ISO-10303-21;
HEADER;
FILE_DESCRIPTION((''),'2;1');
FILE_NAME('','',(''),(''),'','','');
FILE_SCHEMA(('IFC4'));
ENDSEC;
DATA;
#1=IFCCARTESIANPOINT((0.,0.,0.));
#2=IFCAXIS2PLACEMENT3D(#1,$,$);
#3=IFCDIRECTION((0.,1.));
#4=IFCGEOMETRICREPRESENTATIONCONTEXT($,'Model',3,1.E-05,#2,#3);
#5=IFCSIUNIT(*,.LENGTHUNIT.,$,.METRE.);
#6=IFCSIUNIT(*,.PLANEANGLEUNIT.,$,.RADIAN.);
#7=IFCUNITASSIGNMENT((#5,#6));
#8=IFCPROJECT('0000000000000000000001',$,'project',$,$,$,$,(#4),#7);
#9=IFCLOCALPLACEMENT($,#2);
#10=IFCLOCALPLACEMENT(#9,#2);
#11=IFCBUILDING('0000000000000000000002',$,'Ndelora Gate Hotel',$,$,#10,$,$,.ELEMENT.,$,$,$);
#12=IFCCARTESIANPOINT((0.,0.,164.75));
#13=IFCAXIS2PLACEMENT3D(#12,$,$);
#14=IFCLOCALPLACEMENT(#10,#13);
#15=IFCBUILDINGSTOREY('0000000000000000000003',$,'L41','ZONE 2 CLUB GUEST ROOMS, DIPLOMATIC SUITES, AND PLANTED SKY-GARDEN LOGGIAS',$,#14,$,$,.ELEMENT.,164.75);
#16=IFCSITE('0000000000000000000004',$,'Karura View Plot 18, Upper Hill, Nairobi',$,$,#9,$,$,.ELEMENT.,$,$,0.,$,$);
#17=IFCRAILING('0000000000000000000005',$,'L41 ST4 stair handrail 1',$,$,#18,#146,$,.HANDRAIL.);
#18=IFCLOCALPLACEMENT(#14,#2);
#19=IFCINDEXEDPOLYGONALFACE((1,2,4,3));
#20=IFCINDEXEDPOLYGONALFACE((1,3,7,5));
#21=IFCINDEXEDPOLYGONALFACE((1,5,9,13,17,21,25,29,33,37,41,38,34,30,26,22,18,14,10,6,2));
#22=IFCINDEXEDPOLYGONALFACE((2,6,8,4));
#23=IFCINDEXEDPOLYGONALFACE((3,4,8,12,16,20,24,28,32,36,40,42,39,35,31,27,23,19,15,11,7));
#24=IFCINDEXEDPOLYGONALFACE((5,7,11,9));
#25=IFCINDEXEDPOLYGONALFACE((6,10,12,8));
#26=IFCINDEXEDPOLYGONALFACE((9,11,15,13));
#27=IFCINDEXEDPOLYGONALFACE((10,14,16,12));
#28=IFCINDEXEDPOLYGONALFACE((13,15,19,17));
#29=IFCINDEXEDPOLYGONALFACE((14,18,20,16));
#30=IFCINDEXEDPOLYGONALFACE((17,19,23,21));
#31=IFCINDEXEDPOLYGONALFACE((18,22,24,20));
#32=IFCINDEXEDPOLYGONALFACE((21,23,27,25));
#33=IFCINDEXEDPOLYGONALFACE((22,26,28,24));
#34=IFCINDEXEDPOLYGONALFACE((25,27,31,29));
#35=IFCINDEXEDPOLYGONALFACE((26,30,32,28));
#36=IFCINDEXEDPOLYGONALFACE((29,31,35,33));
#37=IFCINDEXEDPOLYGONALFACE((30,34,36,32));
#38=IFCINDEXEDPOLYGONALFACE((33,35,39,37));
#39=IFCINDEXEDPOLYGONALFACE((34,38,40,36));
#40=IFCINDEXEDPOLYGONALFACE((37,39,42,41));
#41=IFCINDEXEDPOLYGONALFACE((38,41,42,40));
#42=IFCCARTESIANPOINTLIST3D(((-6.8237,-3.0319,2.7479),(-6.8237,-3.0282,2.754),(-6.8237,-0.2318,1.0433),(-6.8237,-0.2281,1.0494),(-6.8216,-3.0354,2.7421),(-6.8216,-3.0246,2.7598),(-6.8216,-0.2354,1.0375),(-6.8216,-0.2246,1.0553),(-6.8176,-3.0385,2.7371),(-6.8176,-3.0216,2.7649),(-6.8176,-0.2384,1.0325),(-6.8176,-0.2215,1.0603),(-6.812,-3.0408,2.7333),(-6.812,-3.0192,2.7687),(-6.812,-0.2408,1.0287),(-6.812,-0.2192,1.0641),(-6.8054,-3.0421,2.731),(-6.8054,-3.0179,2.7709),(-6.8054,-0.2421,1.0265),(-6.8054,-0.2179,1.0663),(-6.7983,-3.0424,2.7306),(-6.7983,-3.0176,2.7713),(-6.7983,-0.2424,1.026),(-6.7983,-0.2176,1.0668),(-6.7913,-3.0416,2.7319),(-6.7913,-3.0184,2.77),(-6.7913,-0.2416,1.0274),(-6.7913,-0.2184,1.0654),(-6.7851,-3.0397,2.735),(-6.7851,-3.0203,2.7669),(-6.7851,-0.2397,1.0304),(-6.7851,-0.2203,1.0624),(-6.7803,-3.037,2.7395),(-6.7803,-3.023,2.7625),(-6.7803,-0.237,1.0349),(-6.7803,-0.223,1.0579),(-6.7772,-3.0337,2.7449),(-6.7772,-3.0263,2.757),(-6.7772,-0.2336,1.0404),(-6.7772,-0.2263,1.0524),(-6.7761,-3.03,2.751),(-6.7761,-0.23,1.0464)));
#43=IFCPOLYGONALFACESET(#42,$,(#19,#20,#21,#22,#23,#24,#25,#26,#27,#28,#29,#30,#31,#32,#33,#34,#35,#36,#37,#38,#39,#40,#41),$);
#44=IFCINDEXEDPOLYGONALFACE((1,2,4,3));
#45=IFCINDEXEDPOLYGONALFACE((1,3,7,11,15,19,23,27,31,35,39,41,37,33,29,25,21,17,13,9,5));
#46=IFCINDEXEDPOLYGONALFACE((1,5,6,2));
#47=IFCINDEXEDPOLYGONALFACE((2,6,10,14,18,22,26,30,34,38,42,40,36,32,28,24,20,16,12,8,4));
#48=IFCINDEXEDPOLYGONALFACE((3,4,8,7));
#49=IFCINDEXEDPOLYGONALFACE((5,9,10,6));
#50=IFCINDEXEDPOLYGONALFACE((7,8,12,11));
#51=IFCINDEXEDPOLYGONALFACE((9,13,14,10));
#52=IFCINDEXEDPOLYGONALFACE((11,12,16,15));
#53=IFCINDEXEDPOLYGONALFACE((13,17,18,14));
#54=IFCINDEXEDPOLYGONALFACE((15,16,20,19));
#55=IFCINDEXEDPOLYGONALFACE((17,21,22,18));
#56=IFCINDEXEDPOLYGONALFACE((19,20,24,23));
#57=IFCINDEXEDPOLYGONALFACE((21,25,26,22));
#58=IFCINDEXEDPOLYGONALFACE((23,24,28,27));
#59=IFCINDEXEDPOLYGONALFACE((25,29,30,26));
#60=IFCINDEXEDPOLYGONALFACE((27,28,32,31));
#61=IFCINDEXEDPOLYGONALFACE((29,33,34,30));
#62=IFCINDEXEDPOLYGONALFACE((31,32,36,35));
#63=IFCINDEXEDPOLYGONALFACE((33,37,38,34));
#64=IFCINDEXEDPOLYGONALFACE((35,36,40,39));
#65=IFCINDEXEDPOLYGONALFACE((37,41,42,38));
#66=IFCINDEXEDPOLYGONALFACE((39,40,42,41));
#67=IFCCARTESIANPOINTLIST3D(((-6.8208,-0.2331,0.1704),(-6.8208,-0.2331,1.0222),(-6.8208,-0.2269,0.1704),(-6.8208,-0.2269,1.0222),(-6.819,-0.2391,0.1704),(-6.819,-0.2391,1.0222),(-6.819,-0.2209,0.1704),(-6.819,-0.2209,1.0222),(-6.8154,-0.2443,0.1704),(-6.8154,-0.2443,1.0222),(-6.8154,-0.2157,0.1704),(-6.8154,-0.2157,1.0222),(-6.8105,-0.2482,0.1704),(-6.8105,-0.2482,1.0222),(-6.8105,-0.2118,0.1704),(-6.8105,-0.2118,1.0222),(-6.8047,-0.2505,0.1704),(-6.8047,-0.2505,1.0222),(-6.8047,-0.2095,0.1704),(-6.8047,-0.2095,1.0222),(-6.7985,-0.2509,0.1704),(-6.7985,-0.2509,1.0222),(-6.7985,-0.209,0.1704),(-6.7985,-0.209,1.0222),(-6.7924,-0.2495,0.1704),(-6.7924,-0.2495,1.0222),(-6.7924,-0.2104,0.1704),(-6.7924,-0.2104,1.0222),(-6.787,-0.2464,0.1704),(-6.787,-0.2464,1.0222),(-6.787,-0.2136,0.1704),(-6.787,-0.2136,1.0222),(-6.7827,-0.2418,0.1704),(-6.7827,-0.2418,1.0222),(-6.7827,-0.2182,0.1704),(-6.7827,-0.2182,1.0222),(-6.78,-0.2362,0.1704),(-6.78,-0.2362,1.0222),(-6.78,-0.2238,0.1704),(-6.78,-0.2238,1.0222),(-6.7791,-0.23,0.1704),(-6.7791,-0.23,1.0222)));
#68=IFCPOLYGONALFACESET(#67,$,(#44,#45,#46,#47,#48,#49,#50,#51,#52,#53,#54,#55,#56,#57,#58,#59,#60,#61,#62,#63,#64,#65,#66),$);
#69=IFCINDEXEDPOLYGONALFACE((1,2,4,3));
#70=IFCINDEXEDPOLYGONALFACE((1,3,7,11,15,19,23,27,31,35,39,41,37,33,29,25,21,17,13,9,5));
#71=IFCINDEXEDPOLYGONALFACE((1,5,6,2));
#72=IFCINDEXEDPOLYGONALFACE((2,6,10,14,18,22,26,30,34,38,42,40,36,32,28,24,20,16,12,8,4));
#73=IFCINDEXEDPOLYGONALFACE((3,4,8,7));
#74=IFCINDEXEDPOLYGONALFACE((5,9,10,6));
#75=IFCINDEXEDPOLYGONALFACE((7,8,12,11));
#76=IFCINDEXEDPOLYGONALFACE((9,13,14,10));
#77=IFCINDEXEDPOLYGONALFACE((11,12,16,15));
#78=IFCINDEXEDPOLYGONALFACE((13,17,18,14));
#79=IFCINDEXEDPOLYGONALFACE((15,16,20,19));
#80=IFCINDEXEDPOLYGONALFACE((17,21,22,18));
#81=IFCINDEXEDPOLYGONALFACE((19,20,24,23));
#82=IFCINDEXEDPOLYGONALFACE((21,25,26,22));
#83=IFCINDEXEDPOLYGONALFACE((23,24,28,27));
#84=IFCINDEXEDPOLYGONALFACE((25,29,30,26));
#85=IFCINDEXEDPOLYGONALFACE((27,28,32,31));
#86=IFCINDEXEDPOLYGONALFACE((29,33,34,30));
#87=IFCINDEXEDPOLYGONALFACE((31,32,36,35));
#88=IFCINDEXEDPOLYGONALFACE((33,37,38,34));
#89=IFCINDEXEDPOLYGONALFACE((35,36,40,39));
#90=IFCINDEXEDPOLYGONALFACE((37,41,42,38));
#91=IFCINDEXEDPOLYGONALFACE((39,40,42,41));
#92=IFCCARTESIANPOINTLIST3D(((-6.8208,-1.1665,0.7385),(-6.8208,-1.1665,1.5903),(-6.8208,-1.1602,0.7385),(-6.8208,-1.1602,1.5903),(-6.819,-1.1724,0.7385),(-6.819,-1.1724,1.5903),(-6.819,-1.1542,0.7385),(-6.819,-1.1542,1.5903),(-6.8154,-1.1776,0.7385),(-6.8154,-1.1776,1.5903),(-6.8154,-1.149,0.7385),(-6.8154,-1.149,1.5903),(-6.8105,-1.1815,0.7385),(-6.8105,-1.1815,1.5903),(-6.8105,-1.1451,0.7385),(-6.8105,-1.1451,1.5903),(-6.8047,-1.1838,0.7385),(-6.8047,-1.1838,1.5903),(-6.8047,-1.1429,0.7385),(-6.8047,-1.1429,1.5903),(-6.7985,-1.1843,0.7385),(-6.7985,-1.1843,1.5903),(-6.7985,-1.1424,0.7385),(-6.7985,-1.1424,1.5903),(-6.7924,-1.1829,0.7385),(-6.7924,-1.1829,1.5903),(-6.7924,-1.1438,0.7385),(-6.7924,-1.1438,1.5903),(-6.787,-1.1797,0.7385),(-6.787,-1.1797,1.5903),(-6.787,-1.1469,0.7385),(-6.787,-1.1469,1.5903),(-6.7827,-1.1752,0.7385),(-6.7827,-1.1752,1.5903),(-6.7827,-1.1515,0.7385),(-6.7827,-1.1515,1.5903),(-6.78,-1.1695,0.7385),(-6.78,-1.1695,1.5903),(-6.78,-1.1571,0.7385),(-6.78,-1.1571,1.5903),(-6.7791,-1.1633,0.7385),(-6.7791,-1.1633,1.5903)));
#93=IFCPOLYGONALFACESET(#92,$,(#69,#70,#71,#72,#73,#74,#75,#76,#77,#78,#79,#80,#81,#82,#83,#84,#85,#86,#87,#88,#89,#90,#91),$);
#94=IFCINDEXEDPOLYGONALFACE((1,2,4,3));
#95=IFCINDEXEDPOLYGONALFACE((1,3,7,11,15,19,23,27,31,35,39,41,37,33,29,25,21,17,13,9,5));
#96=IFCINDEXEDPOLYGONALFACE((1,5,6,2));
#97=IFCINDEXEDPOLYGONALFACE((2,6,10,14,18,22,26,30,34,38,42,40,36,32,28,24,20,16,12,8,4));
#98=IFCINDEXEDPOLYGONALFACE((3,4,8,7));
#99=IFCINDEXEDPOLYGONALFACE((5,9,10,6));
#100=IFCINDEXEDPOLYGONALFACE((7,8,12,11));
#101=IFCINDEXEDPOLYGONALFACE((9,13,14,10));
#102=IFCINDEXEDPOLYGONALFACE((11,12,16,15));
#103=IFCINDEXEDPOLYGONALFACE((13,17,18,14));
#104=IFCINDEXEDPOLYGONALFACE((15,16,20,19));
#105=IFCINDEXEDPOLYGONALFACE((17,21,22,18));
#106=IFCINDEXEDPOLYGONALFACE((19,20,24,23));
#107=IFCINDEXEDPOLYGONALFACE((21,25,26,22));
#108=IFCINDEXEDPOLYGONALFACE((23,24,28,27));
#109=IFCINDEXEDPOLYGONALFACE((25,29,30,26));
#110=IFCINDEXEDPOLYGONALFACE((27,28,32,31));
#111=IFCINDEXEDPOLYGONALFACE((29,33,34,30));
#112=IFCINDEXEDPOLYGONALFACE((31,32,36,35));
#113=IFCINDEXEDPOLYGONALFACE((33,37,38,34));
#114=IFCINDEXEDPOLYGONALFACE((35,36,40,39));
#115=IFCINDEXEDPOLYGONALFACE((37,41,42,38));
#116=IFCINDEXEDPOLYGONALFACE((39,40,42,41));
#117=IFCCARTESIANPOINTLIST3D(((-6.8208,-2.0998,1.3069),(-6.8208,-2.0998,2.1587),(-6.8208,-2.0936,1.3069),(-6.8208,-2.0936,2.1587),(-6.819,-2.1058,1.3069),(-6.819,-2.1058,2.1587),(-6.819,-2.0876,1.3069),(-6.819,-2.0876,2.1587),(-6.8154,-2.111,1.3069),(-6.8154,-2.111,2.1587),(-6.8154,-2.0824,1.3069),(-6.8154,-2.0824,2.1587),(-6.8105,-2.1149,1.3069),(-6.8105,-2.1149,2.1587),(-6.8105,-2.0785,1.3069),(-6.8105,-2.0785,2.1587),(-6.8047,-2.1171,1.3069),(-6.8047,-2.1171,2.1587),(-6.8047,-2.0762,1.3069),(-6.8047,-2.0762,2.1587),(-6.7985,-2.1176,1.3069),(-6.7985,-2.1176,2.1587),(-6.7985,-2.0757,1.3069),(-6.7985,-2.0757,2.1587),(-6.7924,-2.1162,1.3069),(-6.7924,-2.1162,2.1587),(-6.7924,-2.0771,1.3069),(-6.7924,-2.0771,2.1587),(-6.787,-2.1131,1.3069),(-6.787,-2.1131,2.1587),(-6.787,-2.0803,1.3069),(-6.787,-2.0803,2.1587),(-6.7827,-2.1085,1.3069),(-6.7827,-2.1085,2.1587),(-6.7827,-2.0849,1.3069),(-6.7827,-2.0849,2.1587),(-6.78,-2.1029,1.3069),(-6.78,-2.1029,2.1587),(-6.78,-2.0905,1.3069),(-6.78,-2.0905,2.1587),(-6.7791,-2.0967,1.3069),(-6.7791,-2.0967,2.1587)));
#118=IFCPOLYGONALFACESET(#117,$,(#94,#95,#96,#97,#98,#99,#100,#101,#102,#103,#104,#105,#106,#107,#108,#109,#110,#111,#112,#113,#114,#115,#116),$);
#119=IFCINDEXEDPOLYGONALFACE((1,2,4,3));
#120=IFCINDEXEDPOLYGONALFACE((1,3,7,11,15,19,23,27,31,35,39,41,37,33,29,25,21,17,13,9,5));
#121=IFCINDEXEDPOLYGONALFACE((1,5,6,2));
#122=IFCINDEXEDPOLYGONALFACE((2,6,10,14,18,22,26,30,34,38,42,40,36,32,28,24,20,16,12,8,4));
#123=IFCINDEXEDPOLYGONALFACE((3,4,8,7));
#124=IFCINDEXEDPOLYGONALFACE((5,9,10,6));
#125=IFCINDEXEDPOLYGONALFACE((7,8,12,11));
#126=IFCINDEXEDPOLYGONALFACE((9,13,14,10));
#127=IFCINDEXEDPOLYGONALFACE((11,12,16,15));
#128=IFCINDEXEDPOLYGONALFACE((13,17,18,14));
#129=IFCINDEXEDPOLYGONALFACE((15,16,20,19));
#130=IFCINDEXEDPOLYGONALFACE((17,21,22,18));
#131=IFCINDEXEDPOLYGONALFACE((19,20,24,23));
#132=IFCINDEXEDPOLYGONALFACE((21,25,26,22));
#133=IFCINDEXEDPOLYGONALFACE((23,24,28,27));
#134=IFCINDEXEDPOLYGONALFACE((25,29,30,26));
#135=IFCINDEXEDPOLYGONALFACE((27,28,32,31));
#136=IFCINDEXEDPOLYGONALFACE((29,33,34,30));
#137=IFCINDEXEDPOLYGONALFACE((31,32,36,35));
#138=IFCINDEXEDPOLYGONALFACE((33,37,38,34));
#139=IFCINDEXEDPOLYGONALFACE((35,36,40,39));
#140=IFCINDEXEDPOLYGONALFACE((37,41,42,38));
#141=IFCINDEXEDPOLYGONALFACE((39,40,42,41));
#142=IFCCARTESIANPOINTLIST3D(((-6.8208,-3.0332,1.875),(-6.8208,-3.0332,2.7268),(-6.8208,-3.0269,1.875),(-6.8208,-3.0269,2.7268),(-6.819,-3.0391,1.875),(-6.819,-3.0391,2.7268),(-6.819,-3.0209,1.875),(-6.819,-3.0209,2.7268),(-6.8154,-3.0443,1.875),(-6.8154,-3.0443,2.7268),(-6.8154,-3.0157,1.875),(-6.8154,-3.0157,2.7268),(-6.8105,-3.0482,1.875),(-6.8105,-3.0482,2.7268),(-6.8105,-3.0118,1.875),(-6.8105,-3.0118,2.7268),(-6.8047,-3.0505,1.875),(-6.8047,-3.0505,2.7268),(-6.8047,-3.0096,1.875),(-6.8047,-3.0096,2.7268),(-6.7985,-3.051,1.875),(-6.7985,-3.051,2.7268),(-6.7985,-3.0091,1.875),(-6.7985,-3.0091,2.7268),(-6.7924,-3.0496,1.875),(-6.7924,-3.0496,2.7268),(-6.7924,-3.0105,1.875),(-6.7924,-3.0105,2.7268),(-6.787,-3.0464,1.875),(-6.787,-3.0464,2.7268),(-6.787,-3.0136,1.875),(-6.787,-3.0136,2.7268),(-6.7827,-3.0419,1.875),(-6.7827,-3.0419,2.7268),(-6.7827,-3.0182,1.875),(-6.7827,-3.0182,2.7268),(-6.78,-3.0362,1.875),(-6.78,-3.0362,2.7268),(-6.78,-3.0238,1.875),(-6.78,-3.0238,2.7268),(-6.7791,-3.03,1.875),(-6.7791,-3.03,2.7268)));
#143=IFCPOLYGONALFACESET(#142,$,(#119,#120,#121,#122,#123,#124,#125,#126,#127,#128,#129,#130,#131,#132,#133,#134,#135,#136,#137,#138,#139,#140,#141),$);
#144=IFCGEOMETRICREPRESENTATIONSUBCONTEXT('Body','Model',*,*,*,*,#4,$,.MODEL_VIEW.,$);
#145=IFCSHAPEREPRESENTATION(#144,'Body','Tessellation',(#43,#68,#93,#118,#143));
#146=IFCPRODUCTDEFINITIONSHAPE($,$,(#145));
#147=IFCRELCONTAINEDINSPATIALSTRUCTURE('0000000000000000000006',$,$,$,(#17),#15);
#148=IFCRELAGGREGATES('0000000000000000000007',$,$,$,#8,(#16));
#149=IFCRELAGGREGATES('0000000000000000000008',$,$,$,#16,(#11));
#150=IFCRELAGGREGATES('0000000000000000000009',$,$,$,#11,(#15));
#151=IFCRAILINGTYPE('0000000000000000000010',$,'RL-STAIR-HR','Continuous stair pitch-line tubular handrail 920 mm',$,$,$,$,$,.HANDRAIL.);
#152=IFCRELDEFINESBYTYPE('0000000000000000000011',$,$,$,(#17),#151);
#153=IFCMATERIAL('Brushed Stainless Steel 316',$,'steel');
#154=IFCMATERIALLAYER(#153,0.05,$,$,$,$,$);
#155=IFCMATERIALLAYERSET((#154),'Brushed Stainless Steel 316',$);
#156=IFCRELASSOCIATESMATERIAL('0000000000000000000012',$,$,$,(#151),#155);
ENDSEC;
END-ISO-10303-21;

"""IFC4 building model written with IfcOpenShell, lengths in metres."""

from ifc_helpers import new_model, si_unit, direction, frame, origin, origin_2d, place, context, subcontext, project, spatial, circle, extrude, material, layer, layer_set, type_object, element, save


model = new_model("IFC4")

# Units and contexts
model_context = context("Model", 3, precision=1e-05, world=origin(), true_north=direction((0.0, 1.0)))
body_context = subcontext(model_context, "Body", "Model", "MODEL_VIEW")
ifc_project = project(units=[si_unit("LENGTHUNIT", "METRE"), si_unit("PLANEANGLEUNIT", "RADIAN")], contexts=[model_context])

# Site, building, storey
site_placement = place(None, origin())
site = spatial("IfcSite", under=ifc_project, at=site_placement, Name="Karura View Plot 18, Upper Hill, Nairobi", CompositionType="ELEMENT", RefElevation=0.0)
building_placement = place(site_placement, origin())
building = spatial("IfcBuilding", under=site, at=building_placement, Name="Ndelora Gate Hotel", CompositionType="ELEMENT")
storey_placement = place(building_placement, frame((0.0, 0.0, 164.75)))
storey = spatial("IfcBuildingStorey", under=building, at=storey_placement, Name="L41", Description="ZONE 2 CLUB GUEST ROOMS, DIPLOMATIC SUITES, AND PLANTED SKY-GARDEN LOGGIAS", CompositionType="ELEMENT", Elevation=164.75)

# Railing
ifc_material_1 = material(Name="Brushed Stainless Steel 316", Category="steel")
ifc_layer_1 = layer(ifc_material_1, 0.05)
ifc_layer_set_1 = layer_set([ifc_layer_1], Name="Brushed Stainless Steel 316")
railing_type_1 = type_object("IfcRailingType", Name="RL-STAIR-HR", Description="Continuous stair pitch-line tubular handrail 920 mm", PredefinedType="HANDRAIL", material=ifc_layer_set_1)
railing_1_placement = place(storey_placement, frame((-6.8, -0.23, 0.1704)))
element("IfcRailing", 1, at=railing_1_placement, inside=storey, type_object=railing_type_1, Name="L41 ST4 stair handrail 1", PredefinedType="HANDRAIL", context=body_context, shape_type="SweptSolid", body=[
    extrude(circle(Radius=0.0239, at=origin_2d()), frame((0.0, 0.0, 0.876), z_axis=(0.0, -0.85417, 0.519994), x_axis=(1.0, 0.0, 0.0)), (0.0, 0.0, 1.0), 3.2781),
    extrude(circle(Radius=0.021, at=origin_2d()), origin(), (0.0, 0.0, 1.0), 0.8518),
    extrude(circle(Radius=0.021, at=origin_2d()), frame((0.0, -0.9333, 0.5681)), (0.0, 0.0, 1.0), 0.8518),
    extrude(circle(Radius=0.021, at=origin_2d()), frame((0.0, -1.8667, 1.1365)), (0.0, 0.0, 1.0), 0.8518),
    extrude(circle(Radius=0.021, at=origin_2d()), frame((0.0, -2.8, 1.7046)), (0.0, 0.0, 1.0), 0.8518),
])

save(model, "model.ifc")
